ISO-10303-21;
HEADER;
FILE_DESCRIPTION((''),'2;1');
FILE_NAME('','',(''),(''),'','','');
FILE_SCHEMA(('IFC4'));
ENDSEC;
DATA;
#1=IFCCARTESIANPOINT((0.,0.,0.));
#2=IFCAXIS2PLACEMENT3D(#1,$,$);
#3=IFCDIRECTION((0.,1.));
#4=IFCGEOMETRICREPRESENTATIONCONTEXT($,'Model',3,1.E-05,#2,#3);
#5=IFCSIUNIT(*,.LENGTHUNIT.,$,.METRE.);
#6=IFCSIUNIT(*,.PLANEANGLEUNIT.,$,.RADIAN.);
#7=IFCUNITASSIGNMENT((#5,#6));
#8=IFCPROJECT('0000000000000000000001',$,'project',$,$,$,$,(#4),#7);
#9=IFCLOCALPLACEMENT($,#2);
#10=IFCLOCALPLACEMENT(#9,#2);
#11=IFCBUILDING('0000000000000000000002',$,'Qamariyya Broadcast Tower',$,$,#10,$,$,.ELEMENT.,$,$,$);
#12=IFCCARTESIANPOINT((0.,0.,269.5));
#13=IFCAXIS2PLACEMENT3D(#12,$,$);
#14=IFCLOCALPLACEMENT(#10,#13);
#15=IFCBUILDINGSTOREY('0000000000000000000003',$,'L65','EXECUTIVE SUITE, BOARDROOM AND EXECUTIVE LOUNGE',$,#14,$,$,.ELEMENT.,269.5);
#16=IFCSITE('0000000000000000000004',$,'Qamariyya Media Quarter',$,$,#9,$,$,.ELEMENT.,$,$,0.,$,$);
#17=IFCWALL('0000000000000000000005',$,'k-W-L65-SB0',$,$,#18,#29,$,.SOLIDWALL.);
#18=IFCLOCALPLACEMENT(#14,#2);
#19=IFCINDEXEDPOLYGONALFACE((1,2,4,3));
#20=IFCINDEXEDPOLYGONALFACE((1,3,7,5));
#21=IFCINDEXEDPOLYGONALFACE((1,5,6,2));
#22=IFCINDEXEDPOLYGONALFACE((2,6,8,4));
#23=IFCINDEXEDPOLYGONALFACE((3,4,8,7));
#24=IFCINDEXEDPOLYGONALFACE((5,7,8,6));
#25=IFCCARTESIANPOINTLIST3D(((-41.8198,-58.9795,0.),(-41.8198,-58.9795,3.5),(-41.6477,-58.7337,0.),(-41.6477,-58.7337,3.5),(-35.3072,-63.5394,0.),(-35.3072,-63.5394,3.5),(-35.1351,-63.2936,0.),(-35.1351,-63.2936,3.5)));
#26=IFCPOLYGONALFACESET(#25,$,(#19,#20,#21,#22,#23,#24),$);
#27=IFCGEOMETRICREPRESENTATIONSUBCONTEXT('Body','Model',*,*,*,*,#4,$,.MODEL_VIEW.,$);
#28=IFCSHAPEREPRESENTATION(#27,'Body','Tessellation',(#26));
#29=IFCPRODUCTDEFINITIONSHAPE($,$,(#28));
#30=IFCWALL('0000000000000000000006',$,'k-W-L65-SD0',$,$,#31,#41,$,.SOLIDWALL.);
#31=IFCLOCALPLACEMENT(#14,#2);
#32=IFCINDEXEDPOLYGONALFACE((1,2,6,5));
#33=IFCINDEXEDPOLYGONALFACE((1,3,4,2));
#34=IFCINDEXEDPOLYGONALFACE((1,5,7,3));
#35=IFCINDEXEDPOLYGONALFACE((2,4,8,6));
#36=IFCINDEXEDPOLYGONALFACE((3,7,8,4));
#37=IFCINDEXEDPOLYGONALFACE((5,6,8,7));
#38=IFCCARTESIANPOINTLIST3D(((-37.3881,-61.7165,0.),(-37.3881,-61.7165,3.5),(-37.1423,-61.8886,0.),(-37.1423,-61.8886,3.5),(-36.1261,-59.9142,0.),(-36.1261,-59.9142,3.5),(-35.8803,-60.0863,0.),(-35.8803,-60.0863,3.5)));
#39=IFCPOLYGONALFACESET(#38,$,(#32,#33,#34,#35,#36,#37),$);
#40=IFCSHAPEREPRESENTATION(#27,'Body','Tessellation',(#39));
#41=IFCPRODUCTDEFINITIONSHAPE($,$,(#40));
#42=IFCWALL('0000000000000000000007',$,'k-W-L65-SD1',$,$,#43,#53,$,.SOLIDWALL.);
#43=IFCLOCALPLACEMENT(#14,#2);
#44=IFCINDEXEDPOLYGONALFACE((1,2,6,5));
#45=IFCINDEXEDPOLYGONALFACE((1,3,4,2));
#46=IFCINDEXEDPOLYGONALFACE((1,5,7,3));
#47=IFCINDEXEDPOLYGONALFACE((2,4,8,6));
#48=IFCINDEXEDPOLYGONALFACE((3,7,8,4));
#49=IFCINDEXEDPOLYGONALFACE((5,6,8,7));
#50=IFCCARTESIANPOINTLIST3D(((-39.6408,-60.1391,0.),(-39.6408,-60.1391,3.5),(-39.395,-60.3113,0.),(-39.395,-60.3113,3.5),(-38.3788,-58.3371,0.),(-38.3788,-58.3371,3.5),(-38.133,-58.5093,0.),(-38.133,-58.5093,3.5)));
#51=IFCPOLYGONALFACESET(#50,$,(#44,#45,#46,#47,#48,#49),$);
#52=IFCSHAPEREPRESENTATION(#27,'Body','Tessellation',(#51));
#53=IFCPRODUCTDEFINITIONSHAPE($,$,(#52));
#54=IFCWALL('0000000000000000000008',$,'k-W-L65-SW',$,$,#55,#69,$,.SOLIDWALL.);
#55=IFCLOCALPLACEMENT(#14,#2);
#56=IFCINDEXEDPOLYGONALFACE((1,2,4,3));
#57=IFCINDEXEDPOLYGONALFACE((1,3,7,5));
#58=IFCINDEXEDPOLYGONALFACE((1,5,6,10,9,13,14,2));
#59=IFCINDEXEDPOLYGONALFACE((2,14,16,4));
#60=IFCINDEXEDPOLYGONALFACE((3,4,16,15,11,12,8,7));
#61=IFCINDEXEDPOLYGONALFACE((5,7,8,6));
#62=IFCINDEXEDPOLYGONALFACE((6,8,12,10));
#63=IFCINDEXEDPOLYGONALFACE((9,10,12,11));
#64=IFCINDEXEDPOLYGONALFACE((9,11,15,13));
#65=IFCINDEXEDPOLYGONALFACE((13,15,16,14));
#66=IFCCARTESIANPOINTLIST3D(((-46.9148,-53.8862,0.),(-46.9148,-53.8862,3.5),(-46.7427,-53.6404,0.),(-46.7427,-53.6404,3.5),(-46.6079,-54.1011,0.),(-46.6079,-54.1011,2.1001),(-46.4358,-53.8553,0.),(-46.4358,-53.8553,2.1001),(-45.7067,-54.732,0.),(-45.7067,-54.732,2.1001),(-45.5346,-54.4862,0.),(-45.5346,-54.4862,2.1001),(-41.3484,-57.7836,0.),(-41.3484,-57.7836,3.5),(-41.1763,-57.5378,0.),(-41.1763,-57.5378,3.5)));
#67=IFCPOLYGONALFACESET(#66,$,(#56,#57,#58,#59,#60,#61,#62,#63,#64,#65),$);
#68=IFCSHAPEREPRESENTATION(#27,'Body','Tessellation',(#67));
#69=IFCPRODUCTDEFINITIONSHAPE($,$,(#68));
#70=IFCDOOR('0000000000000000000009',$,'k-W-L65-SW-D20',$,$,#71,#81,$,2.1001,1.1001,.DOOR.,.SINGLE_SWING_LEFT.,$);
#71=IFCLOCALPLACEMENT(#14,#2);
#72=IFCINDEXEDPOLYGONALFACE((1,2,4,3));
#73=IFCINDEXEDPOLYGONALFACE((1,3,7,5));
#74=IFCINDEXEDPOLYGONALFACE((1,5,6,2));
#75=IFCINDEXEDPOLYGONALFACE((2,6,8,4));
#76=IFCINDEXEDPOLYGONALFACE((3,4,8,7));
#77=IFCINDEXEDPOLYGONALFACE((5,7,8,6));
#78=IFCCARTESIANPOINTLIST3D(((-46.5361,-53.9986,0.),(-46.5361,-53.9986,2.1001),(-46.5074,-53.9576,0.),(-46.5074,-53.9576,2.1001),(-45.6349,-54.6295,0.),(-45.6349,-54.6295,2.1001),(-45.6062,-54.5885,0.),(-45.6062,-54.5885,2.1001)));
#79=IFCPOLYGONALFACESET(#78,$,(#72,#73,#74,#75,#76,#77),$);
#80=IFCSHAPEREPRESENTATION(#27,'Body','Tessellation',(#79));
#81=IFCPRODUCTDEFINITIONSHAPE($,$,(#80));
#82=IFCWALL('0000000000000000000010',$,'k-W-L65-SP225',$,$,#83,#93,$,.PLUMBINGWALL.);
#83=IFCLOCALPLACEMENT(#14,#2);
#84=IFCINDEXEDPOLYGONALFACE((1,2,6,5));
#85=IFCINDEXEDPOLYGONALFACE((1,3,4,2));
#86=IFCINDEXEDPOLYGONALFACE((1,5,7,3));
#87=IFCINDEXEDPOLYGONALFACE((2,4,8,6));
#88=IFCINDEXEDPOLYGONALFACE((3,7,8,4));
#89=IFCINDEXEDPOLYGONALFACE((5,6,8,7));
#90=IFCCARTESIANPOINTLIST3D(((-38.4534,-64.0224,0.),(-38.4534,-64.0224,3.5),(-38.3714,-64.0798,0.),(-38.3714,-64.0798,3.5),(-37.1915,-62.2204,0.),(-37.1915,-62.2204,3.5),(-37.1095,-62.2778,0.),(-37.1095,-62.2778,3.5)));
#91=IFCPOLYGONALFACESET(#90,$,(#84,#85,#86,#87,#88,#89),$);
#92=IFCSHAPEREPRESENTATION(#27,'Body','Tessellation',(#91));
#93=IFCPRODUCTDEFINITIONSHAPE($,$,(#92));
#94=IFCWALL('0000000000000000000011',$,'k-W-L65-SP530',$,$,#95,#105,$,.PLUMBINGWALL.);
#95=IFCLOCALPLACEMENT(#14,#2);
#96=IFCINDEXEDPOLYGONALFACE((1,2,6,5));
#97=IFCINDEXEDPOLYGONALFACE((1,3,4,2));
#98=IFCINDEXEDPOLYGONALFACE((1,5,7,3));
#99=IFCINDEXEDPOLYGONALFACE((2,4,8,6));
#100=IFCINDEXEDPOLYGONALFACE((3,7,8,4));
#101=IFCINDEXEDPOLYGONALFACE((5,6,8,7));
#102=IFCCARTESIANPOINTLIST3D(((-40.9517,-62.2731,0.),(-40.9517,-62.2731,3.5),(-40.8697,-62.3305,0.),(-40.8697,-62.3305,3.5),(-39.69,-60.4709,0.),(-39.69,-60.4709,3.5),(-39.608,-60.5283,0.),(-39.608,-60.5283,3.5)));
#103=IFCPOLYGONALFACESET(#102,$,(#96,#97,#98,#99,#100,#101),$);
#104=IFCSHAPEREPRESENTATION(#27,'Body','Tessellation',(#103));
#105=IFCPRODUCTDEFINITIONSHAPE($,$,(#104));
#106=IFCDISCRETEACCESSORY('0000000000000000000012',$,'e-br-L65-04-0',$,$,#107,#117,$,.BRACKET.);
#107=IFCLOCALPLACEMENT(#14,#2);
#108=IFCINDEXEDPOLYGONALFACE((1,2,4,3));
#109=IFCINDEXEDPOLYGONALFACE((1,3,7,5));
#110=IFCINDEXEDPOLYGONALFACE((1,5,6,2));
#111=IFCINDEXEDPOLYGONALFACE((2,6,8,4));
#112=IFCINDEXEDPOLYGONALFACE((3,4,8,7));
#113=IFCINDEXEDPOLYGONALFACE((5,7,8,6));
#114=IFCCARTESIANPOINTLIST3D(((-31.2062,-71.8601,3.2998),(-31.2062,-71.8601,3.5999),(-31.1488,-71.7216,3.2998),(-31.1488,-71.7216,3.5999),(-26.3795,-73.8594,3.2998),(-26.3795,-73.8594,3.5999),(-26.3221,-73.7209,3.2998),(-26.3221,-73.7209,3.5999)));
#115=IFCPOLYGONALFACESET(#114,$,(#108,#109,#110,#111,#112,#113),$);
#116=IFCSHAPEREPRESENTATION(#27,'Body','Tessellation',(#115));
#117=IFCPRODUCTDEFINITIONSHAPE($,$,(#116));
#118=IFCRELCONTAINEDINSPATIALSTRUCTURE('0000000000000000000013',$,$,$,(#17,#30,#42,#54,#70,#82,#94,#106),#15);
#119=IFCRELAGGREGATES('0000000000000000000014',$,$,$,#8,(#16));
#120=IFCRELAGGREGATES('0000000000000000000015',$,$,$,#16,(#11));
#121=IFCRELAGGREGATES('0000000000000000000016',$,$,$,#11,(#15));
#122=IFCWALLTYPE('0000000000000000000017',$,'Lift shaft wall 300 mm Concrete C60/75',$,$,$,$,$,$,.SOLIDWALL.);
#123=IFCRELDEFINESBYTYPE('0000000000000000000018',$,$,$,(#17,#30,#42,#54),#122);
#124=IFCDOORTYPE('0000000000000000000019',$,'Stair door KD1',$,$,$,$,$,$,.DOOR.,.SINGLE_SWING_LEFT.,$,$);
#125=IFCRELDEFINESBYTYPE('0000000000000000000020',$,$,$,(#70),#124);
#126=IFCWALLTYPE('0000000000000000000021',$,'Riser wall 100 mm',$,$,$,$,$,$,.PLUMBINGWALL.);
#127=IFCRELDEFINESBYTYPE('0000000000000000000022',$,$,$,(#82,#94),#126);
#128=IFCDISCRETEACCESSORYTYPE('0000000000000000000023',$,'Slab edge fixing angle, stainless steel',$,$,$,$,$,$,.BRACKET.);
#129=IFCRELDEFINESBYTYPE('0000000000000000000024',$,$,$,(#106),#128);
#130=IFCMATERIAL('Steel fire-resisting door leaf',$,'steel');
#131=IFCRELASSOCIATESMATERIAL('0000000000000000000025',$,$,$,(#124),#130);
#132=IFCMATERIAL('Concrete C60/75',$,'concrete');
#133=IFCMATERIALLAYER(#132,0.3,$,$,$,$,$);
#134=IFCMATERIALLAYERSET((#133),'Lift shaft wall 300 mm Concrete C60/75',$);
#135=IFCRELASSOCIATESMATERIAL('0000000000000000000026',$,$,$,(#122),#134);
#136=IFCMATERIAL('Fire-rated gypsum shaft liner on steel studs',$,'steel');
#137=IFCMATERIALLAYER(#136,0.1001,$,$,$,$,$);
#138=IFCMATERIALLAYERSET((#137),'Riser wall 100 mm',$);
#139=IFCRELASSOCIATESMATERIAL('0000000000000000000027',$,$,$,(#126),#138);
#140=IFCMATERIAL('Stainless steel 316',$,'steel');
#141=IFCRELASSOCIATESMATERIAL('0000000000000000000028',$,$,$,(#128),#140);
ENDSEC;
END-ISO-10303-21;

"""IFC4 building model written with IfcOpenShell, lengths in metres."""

from ifc_helpers import new_model, si_unit, direction, frame, frame_2d, origin, origin_2d, place, context, subcontext, project, spatial, rectangle, extrude, material, layer, layer_set, type_object, element, fill, save


model = new_model("IFC4")

# Units and contexts
model_context = context("Model", 3, precision=1e-05, world=origin(), true_north=direction((0.0, 1.0)))
body_context = subcontext(model_context, "Body", "Model", "MODEL_VIEW")
ifc_project = project(units=[si_unit("LENGTHUNIT", "METRE"), si_unit("PLANEANGLEUNIT", "RADIAN")], contexts=[model_context])

# Site, building, storey
site_placement = place(None, origin())
site = spatial("IfcSite", under=ifc_project, at=site_placement, Name="Qamariyya Media Quarter", CompositionType="ELEMENT", RefElevation=0.0)
building_placement = place(site_placement, origin())
building = spatial("IfcBuilding", under=site, at=building_placement, Name="Qamariyya Broadcast Tower", CompositionType="ELEMENT")
storey_placement = place(building_placement, frame((0.0, 0.0, 269.5)))
storey = spatial("IfcBuildingStorey", under=building, at=storey_placement, Name="L65", Description="EXECUTIVE SUITE, BOARDROOM AND EXECUTIVE LOUNGE", CompositionType="ELEMENT", Elevation=269.5)

# Shared definitions
ifc_material_1 = material(Name="Concrete C60/75", Category="concrete")
ifc_material_2 = material(Name="Steel fire-resisting door leaf", Category="steel")

# Shared definitions
door_type_1 = type_object("IfcDoorType", Name="Stair door KD1", OperationType="SINGLE_SWING_LEFT", PredefinedType="DOOR", material=ifc_material_2)

# Shared definitions
ifc_layer_1 = layer(ifc_material_1, 0.3)
ifc_layer_set_1 = layer_set([ifc_layer_1], Name="Lift shaft wall 300 mm Concrete C60/75")
wall_type_1 = type_object("IfcWallType", Name="Lift shaft wall 300 mm Concrete C60/75", PredefinedType="SOLIDWALL", material=ifc_layer_set_1)

# Walls
wall_1_placement = place(storey_placement, frame((-35.2212, -63.4165, 0.0), z_axis=(0.0, 0.0, 1.0), x_axis=(-0.819167, 0.573555, 0.0)))
element("IfcWall", 1, at=wall_1_placement, inside=storey, type_object=wall_type_1, Name="k-W-L65-SB0", PredefinedType="SOLIDWALL", context=body_context, shape_type="SweptSolid", body=[
    extrude(rectangle(XDim=7.9502, YDim=0.3, at=frame_2d((3.9751, 0.0))), origin(), (0.0, 0.0, 1.0), 3.5),
])
wall_2_placement = place(storey_placement, frame((-36.0032, -60.0002, 0.0), z_axis=(0.0, 0.0, 1.0), x_axis=(-0.573581, -0.819149, 0.0)))
element("IfcWall", 2, at=wall_2_placement, inside=storey, type_object=wall_type_1, Name="k-W-L65-SD0", PredefinedType="SOLIDWALL", context=body_context, shape_type="SweptSolid", body=[
    extrude(rectangle(XDim=2.2002, YDim=0.3, at=frame_2d((1.1001, 0.0))), origin(), (0.0, 0.0, 1.0), 3.5),
])
wall_3_placement = place(storey_placement, frame((-38.2559, -58.4231, 0.0), z_axis=(0.0, 0.0, 1.0), x_axis=(-0.573634, -0.819112, 0.0)))
element("IfcWall", 3, at=wall_3_placement, inside=storey, type_object=wall_type_1, Name="k-W-L65-SD1", PredefinedType="SOLIDWALL", context=body_context, shape_type="SweptSolid", body=[
    extrude(rectangle(XDim=2.2, YDim=0.3, at=frame_2d((1.1001, 0.0))), origin(), (0.0, 0.0, 1.0), 3.5),
])

# Wall, opening, door
wall_4_placement = place(storey_placement, frame((-41.2625, -57.6606, 0.0), z_axis=(0.0, 0.0, 1.0), x_axis=(-0.819164, 0.573559, 0.0)))
wall_4 = element("IfcWall", 4, at=wall_4_placement, inside=storey, type_object=wall_type_1, Name="k-W-L65-SW", PredefinedType="SOLIDWALL", context=body_context, shape_type="SweptSolid", body=[
    extrude(rectangle(XDim=6.7952, YDim=0.3, at=frame_2d((3.3975, 0.0))), origin(), (0.0, 0.0, 1.0), 3.5),
])
opening_1_placement = place(wall_4_placement, frame((5.3203, 0.0, 0.0)))
opening_1 = element("IfcOpeningElement", 5, at=opening_1_placement, cuts=wall_4, PredefinedType="OPENING", context=body_context, shape_type="SweptSolid", body=[
    extrude(rectangle(XDim=1.1001, YDim=2.1001, at=frame_2d((0.55, 1.05))), frame((0.0, 0.1599, 0.0), z_axis=(0.0, -1.0, 0.0), x_axis=(1.0, 0.0, 0.0)), (0.0, 0.0, 1.0), 0.3201),
])
door_1_placement = place(opening_1_placement, origin())
door_1 = element("IfcDoor", 6, at=door_1_placement, inside=storey, type_object=door_type_1, Name="k-W-L65-SW-D20", OperationType="SINGLE_SWING_LEFT", OverallHeight=2.1001, OverallWidth=1.1001, PredefinedType="DOOR", context=body_context, shape_type="SweptSolid", body=[
    extrude(rectangle(XDim=1.1001, YDim=2.1001, at=frame_2d((0.55, 1.05))), frame((0.0, 0.0249, 0.0), z_axis=(0.0, -1.0, 0.0), x_axis=(1.0, 0.0, 0.0)), (0.0, 0.0, 1.0), 0.05),
])
fill(opening_1, door_1)

# Walls
ifc_material_3 = material(Name="Fire-rated gypsum shaft liner on steel studs", Category="steel")
ifc_layer_2 = layer(ifc_material_3, 0.1001)
ifc_layer_set_2 = layer_set([ifc_layer_2], Name="Riser wall 100 mm")
wall_type_2 = type_object("IfcWallType", Name="Riser wall 100 mm", PredefinedType="PLUMBINGWALL", material=ifc_layer_set_2)
for number, where, z_axis, x_axis, name in (
    (7, (-37.1504, -62.249, 0.0), (0.0, 0.0, 1.0), (-0.573634, -0.819112, 0.0), "k-W-L65-SP225"),
    (8, (-39.6489, -60.4995, 0.0), (0.0, 0.0, 1.0), (-0.573507, -0.819201, 0.0), "k-W-L65-SP530"),
):
    element("IfcWall", number, at=place(storey_placement, frame(where, z_axis=z_axis, x_axis=x_axis)), inside=storey, type_object=wall_type_2, Name=name, PredefinedType="PLUMBINGWALL", context=body_context, shape_type="SweptSolid", body=[
        extrude(rectangle(XDim=2.2, YDim=0.1001, at=frame_2d((1.1001, 0.0))), origin(), (0.0, 0.0, 1.0), 3.5),
    ])

# Discrete accessory
ifc_material_4 = material(Name="Stainless steel 316", Category="steel")
discrete_accessory_type = type_object("IfcDiscreteAccessoryType", Name="Slab edge fixing angle, stainless steel", PredefinedType="BRACKET", material=ifc_material_4)
discrete_accessory_placement = place(storey_placement, frame((-28.7642, -72.7905, 3.2998), z_axis=(0.0, 0.0, 1.0), x_axis=(0.92388, -0.382683, 0.0)))
element("IfcDiscreteAccessory", 9, at=discrete_accessory_placement, inside=storey, type_object=discrete_accessory_type, Name="e-br-L65-04-0", PredefinedType="BRACKET", context=body_context, shape_type="SweptSolid", body=[
    extrude(rectangle(XDim=5.2244, YDim=0.1499, at=origin_2d()), origin(), (0.0, 0.0, 1.0), 0.3),
])

save(model, "model.ifc")
